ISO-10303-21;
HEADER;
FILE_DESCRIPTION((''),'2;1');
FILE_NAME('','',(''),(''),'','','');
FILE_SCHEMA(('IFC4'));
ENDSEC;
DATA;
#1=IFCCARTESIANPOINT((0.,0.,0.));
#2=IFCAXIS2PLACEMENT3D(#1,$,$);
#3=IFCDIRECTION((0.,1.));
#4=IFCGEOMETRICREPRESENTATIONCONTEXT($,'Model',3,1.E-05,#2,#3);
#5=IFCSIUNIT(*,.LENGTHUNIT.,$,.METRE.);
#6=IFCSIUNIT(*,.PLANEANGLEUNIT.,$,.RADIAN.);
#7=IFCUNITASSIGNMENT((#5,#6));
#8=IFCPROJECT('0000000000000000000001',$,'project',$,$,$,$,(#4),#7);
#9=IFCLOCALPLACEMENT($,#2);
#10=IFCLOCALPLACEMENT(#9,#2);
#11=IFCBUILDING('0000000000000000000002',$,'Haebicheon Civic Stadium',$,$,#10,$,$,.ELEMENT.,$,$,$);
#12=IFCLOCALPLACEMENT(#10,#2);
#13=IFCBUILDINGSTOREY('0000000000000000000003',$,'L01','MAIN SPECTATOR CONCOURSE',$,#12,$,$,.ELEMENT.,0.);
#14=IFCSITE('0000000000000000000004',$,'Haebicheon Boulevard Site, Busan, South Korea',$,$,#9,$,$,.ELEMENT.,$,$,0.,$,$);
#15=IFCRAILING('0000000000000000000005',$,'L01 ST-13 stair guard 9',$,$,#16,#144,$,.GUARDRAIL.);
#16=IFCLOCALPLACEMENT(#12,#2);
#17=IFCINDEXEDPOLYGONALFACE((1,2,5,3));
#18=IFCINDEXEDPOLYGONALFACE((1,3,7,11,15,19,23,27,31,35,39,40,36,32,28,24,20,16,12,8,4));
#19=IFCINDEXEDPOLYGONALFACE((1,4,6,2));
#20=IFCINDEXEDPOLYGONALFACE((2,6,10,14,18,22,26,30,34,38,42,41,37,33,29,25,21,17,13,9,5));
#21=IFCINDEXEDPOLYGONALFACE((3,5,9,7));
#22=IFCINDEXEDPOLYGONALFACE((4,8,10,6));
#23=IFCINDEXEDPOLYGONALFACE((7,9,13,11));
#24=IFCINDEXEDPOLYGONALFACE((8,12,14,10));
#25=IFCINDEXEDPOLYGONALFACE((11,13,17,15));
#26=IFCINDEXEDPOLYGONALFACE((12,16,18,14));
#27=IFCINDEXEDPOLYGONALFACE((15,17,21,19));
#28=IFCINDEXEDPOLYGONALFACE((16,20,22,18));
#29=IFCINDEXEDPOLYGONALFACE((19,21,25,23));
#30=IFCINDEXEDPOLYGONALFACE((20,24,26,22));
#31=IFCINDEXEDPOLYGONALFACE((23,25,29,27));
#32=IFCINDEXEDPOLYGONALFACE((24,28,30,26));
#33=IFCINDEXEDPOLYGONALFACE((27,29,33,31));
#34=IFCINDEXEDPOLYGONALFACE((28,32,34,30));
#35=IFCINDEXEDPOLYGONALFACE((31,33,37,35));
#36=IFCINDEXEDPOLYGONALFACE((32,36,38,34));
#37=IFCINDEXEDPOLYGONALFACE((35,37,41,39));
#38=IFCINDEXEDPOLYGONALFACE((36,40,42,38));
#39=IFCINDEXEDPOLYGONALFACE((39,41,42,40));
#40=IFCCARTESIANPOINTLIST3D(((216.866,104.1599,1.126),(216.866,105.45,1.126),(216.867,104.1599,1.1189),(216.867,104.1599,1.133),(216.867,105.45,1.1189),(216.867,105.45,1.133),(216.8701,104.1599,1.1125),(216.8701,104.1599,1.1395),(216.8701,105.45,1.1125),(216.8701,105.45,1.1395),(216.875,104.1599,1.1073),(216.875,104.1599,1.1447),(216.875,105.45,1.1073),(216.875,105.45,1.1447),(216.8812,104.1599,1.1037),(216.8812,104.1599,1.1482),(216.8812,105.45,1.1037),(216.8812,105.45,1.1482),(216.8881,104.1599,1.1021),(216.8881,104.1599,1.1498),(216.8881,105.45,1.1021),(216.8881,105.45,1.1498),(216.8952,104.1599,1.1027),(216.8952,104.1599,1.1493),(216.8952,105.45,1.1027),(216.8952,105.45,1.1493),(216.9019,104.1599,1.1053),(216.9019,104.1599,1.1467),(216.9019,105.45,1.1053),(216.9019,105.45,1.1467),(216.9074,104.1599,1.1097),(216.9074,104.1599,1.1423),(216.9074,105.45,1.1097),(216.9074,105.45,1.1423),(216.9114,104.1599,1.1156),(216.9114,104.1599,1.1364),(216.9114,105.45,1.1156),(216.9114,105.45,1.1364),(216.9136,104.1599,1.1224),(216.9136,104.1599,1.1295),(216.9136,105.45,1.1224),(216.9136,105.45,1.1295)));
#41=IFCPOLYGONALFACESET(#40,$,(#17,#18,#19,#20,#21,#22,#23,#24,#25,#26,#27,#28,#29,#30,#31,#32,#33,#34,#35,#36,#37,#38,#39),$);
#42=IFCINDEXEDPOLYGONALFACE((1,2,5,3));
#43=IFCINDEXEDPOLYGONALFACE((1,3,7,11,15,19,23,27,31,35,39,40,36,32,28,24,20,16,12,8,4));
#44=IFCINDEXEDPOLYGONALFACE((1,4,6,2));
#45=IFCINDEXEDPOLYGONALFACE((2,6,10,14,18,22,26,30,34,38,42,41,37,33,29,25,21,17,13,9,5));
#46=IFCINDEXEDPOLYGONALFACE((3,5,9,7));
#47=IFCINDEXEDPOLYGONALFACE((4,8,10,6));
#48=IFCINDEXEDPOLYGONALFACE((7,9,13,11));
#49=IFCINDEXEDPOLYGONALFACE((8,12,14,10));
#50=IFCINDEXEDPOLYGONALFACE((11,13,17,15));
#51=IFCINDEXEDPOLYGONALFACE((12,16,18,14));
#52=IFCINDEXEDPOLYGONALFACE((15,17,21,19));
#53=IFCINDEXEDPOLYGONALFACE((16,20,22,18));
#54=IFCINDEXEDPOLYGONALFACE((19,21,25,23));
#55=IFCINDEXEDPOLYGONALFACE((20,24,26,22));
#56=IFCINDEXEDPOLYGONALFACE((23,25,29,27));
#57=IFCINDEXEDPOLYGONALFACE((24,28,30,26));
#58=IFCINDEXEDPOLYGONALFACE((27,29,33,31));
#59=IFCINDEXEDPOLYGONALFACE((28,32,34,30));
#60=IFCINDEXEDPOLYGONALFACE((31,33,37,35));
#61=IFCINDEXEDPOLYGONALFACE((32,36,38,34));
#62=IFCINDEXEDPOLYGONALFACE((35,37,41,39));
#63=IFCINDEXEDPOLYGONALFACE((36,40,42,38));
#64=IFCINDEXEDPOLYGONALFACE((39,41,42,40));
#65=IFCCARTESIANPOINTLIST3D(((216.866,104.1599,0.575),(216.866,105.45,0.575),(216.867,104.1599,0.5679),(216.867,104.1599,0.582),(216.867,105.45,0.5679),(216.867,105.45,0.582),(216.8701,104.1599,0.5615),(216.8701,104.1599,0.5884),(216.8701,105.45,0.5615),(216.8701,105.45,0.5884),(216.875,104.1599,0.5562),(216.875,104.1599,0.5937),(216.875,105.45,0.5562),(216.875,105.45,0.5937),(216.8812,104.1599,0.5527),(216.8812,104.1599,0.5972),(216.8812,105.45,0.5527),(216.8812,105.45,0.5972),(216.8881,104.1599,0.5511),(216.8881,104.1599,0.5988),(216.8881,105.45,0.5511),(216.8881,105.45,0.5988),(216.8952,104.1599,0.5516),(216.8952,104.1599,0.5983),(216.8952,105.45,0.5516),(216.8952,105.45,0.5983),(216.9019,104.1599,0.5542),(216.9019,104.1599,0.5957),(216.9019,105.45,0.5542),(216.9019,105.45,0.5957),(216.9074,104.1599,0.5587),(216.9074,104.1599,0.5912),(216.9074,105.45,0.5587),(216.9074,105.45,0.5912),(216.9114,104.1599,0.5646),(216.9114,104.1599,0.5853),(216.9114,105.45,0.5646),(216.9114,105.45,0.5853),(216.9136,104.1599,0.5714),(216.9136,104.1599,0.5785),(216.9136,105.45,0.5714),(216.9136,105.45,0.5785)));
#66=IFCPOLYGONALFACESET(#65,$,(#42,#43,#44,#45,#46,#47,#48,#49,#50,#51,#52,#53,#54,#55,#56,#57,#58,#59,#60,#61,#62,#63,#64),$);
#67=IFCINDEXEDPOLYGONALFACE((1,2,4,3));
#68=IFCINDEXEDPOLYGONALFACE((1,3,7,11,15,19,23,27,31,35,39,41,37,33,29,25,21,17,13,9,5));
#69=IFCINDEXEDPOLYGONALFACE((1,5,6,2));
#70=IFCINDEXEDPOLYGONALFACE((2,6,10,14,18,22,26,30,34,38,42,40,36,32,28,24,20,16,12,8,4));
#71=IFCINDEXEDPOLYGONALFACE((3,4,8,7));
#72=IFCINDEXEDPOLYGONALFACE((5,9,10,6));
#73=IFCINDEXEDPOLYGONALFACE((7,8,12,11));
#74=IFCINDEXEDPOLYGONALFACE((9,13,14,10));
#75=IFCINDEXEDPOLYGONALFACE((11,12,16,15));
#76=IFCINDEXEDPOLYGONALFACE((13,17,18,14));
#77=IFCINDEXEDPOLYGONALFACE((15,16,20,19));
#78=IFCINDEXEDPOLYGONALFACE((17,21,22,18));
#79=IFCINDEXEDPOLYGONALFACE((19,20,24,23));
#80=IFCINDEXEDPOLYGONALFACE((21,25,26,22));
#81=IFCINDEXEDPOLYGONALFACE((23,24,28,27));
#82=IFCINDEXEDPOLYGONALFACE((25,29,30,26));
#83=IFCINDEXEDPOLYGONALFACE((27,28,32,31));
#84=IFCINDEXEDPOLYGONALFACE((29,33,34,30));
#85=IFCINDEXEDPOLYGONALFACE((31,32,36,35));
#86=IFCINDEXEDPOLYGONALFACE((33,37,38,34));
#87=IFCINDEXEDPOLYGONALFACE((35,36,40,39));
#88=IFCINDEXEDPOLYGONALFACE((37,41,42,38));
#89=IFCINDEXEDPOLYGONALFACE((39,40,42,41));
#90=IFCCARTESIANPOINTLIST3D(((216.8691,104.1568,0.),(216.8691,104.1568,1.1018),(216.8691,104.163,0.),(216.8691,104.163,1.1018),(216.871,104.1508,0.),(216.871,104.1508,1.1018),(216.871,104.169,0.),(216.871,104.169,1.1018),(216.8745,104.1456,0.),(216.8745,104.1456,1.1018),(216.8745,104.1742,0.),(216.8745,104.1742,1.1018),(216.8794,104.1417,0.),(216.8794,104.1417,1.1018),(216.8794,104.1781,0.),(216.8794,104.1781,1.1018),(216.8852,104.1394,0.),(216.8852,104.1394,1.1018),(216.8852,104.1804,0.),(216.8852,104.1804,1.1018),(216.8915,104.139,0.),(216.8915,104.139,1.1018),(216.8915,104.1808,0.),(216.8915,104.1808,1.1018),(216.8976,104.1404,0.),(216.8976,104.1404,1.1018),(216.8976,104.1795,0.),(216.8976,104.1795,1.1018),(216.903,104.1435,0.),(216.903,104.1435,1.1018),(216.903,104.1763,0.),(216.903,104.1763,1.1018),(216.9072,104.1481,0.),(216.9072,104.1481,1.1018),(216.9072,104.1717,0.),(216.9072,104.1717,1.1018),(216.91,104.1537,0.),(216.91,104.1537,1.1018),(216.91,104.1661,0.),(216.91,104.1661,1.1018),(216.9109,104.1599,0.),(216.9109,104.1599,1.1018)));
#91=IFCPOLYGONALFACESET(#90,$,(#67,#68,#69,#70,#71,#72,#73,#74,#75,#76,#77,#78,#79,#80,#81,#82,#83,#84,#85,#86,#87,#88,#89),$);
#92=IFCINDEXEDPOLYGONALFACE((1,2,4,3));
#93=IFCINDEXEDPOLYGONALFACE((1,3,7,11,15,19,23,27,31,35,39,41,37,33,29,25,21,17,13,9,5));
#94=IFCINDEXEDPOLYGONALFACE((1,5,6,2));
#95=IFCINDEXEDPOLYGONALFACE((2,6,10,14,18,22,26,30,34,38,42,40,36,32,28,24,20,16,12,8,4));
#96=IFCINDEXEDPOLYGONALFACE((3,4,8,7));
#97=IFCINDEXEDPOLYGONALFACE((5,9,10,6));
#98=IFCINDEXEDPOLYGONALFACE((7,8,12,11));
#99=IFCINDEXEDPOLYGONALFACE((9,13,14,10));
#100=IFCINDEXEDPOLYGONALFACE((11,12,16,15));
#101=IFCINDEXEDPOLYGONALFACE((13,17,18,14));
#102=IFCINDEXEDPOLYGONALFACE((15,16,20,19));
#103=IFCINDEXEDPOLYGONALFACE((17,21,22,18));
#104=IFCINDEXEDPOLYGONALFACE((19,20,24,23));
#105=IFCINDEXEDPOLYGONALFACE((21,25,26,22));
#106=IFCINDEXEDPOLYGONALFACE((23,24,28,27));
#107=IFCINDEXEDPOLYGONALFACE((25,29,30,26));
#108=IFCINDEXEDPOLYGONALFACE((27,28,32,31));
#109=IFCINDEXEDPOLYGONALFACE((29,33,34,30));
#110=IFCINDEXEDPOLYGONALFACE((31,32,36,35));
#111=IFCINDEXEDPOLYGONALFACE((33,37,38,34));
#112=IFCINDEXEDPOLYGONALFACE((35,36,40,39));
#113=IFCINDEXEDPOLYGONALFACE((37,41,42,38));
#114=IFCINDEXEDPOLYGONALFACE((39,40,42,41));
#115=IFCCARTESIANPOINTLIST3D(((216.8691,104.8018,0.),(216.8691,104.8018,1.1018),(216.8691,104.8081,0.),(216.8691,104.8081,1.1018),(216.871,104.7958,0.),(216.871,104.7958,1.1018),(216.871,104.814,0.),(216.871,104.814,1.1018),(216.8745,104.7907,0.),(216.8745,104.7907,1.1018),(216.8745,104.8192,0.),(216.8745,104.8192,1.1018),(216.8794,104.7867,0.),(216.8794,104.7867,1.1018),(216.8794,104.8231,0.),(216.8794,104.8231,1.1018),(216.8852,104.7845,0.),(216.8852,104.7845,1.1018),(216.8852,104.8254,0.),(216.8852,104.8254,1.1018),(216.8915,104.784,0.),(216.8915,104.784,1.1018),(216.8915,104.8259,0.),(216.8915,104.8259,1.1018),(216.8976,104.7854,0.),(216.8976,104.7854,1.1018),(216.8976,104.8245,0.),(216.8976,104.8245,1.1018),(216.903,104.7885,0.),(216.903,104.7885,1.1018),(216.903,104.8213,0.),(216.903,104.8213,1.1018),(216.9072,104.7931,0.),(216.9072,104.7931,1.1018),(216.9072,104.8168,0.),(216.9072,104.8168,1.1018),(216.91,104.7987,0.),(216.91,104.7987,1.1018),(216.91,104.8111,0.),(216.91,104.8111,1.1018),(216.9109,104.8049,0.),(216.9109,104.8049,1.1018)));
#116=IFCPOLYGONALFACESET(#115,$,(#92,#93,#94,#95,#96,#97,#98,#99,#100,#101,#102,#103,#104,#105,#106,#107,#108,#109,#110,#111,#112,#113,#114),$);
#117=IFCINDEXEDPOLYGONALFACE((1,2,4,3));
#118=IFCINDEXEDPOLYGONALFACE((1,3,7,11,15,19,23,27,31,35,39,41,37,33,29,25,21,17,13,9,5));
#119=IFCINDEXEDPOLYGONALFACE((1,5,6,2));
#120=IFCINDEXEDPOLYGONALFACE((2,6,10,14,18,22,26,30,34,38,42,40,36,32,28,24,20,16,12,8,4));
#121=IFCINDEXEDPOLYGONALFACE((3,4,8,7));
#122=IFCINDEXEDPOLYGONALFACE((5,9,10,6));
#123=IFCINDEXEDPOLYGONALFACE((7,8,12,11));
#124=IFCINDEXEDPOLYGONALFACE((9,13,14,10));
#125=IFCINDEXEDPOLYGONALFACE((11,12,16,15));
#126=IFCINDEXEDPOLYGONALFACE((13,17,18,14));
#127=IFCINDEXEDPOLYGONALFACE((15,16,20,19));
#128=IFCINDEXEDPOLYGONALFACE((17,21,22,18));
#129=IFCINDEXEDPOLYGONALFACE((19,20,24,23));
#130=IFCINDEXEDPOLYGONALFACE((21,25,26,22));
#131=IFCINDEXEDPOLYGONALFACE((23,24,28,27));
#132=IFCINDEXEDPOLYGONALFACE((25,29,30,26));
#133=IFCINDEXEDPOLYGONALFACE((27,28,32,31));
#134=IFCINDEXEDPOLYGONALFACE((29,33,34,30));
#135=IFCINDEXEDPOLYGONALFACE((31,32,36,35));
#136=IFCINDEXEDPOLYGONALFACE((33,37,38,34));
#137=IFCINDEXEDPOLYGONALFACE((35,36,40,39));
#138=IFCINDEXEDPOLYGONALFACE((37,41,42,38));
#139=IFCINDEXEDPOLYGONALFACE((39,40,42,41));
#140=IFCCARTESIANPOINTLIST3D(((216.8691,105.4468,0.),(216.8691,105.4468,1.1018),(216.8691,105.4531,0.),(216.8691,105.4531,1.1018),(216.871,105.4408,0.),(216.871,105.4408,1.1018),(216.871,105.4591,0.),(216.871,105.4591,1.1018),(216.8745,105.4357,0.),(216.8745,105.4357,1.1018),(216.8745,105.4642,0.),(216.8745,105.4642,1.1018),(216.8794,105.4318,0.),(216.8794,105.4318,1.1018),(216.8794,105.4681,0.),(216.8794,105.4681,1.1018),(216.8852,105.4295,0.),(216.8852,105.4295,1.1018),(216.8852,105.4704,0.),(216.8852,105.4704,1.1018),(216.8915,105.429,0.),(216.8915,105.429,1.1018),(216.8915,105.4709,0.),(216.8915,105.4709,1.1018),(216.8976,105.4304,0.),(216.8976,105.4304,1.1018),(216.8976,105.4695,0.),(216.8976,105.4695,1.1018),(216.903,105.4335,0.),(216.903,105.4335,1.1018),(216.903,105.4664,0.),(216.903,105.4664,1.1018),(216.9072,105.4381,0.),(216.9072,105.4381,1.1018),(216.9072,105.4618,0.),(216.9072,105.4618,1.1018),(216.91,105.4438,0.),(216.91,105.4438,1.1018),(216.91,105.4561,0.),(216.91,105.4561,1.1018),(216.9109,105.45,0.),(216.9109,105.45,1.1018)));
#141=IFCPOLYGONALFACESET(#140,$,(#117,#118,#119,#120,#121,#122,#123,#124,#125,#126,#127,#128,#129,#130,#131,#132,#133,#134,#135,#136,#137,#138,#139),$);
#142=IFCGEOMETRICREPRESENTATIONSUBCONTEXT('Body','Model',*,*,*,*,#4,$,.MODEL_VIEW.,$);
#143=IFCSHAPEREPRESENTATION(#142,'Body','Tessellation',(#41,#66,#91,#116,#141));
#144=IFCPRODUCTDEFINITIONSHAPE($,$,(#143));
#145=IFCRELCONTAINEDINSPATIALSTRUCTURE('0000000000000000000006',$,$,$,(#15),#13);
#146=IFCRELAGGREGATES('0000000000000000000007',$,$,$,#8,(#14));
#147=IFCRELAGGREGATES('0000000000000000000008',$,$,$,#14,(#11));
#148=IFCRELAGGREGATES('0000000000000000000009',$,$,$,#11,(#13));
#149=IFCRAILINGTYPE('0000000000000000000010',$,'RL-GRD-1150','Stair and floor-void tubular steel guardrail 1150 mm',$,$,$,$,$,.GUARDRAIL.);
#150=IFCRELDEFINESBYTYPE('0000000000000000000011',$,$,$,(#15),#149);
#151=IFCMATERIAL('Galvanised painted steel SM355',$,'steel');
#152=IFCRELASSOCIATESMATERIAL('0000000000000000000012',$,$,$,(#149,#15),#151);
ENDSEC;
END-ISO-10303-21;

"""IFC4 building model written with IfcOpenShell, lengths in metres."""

from ifc_helpers import new_model, si_unit, direction, frame, origin, origin_2d, place, context, subcontext, project, spatial, circle, extrude, material, type_object, element, save


model = new_model("IFC4")

# Units and contexts
model_context = context("Model", 3, precision=1e-05, world=origin(), true_north=direction((0.0, 1.0)))
body_context = subcontext(model_context, "Body", "Model", "MODEL_VIEW")
ifc_project = project(units=[si_unit("LENGTHUNIT", "METRE"), si_unit("PLANEANGLEUNIT", "RADIAN")], contexts=[model_context])

# Site, building, storey
site_placement = place(None, origin())
site = spatial("IfcSite", under=ifc_project, at=site_placement, Name="Haebicheon Boulevard Site, Busan, South Korea", CompositionType="ELEMENT", RefElevation=0.0)
building_placement = place(site_placement, origin())
building = spatial("IfcBuilding", under=site, at=building_placement, Name="Haebicheon Civic Stadium", CompositionType="ELEMENT")
storey_placement = place(building_placement, origin())
storey = spatial("IfcBuildingStorey", under=building, at=storey_placement, Name="L01", Description="MAIN SPECTATOR CONCOURSE", CompositionType="ELEMENT", Elevation=0.0)

# Railing
ifc_material_1 = material(Name="Galvanised painted steel SM355", Category="steel")
railing_type_1 = type_object("IfcRailingType", Name="RL-GRD-1150", Description="Stair and floor-void tubular steel guardrail 1150 mm", PredefinedType="GUARDRAIL", material=ifc_material_1)
for number, where, name in (
    (1, (216.8899, 104.1599, 0.0), "L01 ST-13 stair guard 9"),
):
    element("IfcRailing", number, at=place(storey_placement, frame(where)), inside=storey, type_object=railing_type_1, material=ifc_material_1, Name=name, PredefinedType="GUARDRAIL", context=body_context, shape_type="SweptSolid", body=[
        extrude(circle(Radius=0.0239, at=origin_2d()), frame((0.0, 0.0, 1.126), z_axis=(0.0, 1.0, 0.0), x_axis=(-1.0, 0.0, 0.0)), (0.0, 0.0, 1.0), 1.29),
        extrude(circle(Radius=0.0239, at=origin_2d()), frame((0.0, 0.0, 0.575), z_axis=(0.0, 1.0, 0.0), x_axis=(-1.0, 0.0, 0.0)), (0.0, 0.0, 1.0), 1.29),
        extrude(circle(Radius=0.021, at=origin_2d()), origin(), (0.0, 0.0, 1.0), 1.1018),
        extrude(circle(Radius=0.021, at=origin_2d()), frame((0.0, 0.645, 0.0)), (0.0, 0.0, 1.0), 1.1018),
        extrude(circle(Radius=0.021, at=origin_2d()), frame((0.0, 1.29, 0.0)), (0.0, 0.0, 1.0), 1.1018),
    ])

save(model, "model.ifc")
